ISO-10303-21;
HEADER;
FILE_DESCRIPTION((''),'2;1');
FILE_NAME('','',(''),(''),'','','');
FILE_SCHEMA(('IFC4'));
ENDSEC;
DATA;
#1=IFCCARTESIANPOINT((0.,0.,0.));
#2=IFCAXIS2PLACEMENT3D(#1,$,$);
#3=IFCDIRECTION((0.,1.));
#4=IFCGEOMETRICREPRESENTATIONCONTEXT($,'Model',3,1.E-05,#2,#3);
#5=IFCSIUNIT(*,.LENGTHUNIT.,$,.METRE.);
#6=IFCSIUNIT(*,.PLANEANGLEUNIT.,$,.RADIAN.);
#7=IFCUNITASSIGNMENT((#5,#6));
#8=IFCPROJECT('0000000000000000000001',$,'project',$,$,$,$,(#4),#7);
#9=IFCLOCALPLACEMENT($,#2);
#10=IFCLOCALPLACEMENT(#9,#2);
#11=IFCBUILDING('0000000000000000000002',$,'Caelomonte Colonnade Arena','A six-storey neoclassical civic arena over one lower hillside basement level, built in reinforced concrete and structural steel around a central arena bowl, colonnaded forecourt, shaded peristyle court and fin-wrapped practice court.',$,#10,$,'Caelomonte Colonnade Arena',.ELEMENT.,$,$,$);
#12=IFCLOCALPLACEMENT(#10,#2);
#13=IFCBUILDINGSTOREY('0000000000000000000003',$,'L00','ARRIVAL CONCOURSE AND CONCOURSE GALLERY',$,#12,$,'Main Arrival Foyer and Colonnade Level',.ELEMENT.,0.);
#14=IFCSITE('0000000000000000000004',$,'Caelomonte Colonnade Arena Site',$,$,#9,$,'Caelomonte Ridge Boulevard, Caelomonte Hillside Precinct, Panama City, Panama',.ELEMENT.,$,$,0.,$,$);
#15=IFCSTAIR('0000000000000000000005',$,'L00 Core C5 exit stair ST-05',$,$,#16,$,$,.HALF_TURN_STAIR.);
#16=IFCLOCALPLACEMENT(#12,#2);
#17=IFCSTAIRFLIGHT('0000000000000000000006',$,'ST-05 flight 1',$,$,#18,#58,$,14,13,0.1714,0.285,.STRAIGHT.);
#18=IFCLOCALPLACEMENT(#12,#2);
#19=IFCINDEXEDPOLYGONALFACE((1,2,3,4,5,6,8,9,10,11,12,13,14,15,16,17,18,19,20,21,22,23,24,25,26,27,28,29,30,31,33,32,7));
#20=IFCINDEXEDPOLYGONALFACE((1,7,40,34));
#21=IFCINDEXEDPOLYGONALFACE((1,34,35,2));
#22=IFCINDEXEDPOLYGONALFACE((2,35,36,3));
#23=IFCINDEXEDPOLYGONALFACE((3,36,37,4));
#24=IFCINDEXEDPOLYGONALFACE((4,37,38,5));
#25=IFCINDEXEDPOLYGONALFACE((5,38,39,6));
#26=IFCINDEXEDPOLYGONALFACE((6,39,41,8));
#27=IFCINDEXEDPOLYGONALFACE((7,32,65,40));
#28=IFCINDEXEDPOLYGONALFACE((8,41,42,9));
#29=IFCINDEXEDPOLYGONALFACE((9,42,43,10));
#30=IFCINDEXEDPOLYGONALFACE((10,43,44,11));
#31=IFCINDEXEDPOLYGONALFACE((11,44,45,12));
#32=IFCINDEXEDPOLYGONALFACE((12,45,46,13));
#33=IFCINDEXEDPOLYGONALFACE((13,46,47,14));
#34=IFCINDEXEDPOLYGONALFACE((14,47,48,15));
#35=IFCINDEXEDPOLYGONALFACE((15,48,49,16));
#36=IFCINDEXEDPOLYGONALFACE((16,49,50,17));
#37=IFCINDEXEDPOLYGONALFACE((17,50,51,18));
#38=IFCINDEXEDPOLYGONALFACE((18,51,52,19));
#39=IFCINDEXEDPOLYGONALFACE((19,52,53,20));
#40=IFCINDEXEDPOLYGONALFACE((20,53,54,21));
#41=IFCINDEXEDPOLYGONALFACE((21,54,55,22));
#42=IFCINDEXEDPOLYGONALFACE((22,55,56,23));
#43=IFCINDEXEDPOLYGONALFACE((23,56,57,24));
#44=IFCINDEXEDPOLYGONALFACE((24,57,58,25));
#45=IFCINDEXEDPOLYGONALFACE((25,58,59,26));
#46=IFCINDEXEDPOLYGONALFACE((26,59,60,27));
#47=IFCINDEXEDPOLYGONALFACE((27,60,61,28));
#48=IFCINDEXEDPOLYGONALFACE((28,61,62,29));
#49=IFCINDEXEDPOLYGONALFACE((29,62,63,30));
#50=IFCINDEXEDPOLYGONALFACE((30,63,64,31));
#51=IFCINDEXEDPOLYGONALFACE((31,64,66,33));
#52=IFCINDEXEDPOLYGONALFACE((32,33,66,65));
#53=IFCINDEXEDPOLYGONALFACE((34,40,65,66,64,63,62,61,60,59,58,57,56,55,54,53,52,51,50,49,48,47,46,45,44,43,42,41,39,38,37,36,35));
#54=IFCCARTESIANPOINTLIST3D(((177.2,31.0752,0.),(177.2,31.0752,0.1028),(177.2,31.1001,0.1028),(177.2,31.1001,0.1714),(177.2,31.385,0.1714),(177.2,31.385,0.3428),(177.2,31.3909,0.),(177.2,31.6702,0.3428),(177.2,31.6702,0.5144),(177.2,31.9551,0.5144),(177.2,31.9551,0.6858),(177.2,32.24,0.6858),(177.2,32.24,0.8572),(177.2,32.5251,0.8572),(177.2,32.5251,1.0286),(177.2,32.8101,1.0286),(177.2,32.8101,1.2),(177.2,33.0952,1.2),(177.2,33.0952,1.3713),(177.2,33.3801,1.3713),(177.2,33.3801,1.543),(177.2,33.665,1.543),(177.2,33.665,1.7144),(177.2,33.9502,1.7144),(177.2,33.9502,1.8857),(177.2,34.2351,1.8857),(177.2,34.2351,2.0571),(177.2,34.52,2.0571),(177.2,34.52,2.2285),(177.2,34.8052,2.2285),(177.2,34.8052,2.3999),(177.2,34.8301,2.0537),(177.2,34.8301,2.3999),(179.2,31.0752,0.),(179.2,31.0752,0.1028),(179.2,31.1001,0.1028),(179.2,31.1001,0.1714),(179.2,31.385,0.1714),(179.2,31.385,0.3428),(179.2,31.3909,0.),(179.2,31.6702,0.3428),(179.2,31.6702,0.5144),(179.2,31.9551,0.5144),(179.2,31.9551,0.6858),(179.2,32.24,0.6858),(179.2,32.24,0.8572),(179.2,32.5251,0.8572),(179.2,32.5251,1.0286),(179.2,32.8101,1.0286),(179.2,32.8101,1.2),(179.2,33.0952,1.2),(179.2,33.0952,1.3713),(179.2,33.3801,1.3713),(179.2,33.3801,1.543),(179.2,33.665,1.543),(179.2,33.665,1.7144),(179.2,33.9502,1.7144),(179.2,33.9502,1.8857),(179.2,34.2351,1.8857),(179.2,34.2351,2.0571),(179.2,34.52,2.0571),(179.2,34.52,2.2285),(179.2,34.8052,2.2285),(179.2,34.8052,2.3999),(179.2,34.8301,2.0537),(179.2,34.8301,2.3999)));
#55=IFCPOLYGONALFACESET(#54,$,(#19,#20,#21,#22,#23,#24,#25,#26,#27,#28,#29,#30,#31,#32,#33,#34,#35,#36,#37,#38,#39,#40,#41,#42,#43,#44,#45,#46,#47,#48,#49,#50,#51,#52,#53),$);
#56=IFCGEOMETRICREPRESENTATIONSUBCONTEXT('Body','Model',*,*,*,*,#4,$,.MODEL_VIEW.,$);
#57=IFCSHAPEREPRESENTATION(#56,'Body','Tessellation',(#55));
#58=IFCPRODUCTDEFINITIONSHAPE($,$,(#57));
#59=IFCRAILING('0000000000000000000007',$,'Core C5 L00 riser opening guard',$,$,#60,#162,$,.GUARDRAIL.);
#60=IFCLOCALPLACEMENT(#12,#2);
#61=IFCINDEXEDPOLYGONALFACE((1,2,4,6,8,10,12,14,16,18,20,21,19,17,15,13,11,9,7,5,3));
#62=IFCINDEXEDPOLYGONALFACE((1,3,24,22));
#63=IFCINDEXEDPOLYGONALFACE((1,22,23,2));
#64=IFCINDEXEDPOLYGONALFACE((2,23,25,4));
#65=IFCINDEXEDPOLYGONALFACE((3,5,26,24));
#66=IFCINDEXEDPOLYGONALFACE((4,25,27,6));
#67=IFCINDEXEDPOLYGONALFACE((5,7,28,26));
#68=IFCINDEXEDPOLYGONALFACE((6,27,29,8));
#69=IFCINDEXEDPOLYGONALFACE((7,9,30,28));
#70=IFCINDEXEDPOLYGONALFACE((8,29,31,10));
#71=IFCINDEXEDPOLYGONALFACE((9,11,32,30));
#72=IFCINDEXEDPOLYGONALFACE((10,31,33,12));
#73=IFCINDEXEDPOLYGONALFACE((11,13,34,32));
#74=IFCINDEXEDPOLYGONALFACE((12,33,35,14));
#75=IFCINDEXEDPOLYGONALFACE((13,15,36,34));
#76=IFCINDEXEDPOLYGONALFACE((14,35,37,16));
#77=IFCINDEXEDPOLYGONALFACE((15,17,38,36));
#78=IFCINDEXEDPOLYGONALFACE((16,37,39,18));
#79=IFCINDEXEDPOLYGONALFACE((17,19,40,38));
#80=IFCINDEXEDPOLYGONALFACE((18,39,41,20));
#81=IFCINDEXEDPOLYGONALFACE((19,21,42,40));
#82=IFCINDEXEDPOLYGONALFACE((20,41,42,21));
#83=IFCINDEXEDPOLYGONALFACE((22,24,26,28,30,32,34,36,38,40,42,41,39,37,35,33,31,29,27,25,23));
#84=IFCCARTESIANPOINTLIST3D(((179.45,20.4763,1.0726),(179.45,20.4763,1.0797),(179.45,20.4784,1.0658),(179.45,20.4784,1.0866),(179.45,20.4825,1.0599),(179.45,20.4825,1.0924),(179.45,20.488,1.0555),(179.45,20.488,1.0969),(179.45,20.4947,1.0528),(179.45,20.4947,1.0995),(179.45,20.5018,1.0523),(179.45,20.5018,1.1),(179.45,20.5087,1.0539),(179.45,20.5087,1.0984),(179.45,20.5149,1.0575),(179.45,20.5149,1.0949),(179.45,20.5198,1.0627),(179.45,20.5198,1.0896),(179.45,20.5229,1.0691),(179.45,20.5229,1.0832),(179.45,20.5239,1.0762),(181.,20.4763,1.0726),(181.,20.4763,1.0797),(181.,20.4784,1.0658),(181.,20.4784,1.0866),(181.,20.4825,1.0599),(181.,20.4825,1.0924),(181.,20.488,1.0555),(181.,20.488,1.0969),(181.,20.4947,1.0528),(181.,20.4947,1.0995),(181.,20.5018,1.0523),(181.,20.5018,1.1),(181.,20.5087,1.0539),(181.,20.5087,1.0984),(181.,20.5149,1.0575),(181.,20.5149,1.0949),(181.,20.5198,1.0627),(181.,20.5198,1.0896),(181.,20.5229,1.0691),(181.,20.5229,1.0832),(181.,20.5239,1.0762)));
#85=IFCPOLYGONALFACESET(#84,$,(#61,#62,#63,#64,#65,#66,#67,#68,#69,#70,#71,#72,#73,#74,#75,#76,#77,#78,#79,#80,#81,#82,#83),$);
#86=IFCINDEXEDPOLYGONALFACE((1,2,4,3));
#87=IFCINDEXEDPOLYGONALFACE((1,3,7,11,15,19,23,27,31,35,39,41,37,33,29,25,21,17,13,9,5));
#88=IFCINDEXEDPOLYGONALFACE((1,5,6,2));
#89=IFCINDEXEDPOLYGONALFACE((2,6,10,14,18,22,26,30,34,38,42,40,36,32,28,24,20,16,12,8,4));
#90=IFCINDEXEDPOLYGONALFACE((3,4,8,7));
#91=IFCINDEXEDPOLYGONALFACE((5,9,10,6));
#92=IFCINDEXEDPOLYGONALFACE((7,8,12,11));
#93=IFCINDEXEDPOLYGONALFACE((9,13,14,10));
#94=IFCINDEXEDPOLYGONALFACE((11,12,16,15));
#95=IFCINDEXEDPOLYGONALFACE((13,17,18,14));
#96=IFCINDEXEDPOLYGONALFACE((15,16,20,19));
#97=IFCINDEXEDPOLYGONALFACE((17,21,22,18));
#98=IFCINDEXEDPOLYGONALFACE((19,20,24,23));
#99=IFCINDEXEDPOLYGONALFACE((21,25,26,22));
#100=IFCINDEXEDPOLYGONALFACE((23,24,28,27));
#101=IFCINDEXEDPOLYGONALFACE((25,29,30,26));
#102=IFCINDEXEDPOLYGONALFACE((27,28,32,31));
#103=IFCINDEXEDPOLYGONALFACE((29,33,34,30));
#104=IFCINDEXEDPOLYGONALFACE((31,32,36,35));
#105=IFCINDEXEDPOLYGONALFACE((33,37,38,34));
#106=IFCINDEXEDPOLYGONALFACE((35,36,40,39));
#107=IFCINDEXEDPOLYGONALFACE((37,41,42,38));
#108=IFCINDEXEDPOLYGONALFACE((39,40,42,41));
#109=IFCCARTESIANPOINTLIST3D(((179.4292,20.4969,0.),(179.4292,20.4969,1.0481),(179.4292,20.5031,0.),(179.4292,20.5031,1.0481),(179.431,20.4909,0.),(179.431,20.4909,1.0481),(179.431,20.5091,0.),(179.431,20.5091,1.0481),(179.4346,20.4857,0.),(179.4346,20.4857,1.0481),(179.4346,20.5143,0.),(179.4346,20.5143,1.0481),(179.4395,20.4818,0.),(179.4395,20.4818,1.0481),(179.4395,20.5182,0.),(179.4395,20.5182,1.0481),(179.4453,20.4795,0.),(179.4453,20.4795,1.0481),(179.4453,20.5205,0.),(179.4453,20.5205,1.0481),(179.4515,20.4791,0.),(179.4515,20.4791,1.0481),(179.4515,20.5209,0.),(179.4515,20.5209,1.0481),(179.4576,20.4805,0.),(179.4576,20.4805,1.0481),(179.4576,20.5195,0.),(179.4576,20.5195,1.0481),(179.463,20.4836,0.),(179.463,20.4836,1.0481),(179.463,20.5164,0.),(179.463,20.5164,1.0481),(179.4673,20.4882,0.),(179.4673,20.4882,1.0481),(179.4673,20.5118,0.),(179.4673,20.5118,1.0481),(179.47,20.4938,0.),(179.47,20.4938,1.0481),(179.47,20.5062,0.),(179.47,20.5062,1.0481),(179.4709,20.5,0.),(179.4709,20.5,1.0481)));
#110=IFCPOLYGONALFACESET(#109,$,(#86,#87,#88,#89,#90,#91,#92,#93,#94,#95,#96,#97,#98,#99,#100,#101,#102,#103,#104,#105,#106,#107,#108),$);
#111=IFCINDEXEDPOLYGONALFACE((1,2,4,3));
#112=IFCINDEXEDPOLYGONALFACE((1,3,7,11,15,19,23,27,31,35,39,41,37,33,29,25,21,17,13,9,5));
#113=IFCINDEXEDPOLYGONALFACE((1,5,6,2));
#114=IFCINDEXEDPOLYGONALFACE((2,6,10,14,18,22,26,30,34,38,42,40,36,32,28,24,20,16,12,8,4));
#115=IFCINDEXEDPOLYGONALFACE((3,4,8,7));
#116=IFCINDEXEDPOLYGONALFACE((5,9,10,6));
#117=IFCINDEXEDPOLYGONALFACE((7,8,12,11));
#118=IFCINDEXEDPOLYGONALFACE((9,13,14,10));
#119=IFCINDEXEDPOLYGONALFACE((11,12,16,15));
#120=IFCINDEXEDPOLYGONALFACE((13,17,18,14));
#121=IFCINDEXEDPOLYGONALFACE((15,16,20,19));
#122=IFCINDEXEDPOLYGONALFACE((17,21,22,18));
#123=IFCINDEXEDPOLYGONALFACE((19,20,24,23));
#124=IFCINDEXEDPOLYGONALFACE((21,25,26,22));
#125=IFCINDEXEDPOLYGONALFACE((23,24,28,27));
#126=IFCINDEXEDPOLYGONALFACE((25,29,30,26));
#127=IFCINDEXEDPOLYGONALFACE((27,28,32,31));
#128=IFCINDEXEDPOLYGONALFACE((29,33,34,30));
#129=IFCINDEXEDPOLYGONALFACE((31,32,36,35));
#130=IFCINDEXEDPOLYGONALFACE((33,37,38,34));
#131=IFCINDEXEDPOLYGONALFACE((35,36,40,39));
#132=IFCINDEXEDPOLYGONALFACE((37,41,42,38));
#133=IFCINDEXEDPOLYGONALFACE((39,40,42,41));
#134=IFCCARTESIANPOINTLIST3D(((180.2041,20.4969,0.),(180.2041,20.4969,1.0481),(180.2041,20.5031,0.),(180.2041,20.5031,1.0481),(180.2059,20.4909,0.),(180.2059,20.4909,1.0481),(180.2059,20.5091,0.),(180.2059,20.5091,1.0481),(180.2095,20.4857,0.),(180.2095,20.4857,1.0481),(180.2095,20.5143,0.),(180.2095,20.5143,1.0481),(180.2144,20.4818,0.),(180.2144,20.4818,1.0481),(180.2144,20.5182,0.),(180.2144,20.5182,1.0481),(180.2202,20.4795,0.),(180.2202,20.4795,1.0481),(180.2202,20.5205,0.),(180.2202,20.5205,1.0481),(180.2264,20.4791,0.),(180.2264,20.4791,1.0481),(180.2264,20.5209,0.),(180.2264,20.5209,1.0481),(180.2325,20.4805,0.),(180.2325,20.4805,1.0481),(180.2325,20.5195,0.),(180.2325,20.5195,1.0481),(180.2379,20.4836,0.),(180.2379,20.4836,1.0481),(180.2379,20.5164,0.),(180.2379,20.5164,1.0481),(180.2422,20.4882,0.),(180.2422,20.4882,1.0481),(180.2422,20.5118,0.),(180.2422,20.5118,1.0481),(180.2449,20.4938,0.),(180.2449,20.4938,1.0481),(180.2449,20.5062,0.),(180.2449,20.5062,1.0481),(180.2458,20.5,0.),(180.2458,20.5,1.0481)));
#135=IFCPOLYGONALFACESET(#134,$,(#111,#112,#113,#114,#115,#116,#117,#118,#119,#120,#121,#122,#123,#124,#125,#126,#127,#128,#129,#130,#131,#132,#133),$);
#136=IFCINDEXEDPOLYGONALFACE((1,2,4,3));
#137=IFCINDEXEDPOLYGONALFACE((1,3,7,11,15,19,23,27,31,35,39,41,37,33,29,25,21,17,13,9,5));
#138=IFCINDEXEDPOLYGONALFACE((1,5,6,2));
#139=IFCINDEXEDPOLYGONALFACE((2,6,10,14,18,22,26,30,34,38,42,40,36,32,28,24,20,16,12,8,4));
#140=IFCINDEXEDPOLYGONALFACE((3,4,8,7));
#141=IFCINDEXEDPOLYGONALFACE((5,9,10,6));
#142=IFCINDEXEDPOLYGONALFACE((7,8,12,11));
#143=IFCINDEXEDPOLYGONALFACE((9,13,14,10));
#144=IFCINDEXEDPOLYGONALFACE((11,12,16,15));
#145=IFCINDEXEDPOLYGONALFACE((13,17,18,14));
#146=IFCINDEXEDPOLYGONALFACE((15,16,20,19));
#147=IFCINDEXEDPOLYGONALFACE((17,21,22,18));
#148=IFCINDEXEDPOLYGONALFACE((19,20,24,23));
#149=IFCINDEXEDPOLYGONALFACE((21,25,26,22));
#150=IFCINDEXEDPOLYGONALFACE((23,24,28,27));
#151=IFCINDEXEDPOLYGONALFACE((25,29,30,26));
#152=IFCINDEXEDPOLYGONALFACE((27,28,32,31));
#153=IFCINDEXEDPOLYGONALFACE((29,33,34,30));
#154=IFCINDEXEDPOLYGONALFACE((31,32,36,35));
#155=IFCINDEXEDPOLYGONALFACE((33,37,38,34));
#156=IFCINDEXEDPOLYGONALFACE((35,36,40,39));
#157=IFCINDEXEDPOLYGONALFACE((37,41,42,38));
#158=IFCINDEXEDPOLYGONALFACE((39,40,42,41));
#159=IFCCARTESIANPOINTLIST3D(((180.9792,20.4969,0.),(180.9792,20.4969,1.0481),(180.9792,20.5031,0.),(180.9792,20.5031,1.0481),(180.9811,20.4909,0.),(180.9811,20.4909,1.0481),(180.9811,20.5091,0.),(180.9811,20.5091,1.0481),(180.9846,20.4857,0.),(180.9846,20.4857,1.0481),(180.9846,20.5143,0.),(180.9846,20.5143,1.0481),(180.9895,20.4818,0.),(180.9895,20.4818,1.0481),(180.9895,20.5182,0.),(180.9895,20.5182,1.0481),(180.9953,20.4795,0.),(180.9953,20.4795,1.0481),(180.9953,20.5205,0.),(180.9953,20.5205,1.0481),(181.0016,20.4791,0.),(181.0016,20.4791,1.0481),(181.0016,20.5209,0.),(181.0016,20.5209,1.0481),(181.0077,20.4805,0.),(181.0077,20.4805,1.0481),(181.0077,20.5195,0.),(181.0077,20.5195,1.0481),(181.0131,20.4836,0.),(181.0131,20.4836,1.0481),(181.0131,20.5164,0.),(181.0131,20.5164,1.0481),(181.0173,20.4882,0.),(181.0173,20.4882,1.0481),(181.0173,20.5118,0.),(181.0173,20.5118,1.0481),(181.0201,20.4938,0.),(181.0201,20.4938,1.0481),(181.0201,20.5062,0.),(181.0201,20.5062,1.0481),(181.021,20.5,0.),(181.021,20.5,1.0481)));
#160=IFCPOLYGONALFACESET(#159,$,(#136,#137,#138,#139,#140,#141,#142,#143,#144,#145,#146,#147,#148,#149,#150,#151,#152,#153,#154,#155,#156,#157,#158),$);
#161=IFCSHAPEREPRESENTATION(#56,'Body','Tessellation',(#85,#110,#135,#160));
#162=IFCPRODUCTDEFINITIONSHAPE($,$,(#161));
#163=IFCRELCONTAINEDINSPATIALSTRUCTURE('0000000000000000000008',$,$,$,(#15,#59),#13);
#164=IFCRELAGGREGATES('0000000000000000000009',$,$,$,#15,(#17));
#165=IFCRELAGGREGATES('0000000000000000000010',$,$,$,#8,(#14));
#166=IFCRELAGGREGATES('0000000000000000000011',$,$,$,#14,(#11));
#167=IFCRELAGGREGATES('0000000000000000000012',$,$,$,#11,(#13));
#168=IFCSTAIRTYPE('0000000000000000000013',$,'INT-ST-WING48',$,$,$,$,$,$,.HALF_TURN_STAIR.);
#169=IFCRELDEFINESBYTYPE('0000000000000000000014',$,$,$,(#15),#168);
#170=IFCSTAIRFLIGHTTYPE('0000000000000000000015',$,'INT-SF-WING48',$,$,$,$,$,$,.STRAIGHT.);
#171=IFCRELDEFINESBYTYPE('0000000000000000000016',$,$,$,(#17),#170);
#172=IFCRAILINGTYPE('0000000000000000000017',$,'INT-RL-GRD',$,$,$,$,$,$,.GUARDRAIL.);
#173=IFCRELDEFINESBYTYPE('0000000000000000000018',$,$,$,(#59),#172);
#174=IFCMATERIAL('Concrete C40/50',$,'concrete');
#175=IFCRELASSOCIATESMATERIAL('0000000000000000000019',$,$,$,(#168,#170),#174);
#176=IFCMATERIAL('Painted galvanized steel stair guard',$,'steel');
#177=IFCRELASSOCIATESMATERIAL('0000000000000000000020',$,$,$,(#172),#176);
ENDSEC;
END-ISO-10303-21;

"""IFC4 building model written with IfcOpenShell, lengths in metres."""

from ifc_helpers import new_model, si_unit, direction, frame, origin, origin_2d, place, context, subcontext, project, spatial, polyline, circle, outline, extrude, material, type_object, element, aggregate, save


model = new_model("IFC4")

# Units and contexts
model_context = context("Model", 3, precision=1e-05, world=origin(), true_north=direction((0.0, 1.0)))
body_context = subcontext(model_context, "Body", "Model", "MODEL_VIEW")
ifc_project = project(units=[si_unit("LENGTHUNIT", "METRE"), si_unit("PLANEANGLEUNIT", "RADIAN")], contexts=[model_context])

# Site, building, storey
site_placement = place(None, origin())
site = spatial("IfcSite", under=ifc_project, at=site_placement, Name="Caelomonte Colonnade Arena Site", LongName="Caelomonte Ridge Boulevard, Caelomonte Hillside Precinct, Panama City, Panama", CompositionType="ELEMENT", RefElevation=0.0)
building_placement = place(site_placement, origin())
building = spatial("IfcBuilding", under=site, at=building_placement, Name="Caelomonte Colonnade Arena", Description="A six-storey neoclassical civic arena over one lower hillside basement level, built in reinforced concrete and structural steel around a central arena bowl, colonnaded forecourt, shaded peristyle court and fin-wrapped practice court.", LongName="Caelomonte Colonnade Arena", CompositionType="ELEMENT")
storey_placement = place(building_placement, origin())
storey = spatial("IfcBuildingStorey", under=building, at=storey_placement, Name="L00", Description="ARRIVAL CONCOURSE AND CONCOURSE GALLERY", LongName="Main Arrival Foyer and Colonnade Level", CompositionType="ELEMENT", Elevation=0.0)

# Shared definitions
ifc_material_1 = material(Name="Concrete C40/50", Category="concrete")

# Stair, stair flight
stair_type = type_object("IfcStairType", Name="INT-ST-WING48", PredefinedType="HALF_TURN_STAIR", material=ifc_material_1)
stair_placement = place(storey_placement, origin())
stair = element("IfcStair", 1, at=stair_placement, inside=storey, type_object=stair_type, Name="L00 Core C5 exit stair ST-05", PredefinedType="HALF_TURN_STAIR")
stair_flight_type = type_object("IfcStairFlightType", Name="INT-SF-WING48", PredefinedType="STRAIGHT", material=ifc_material_1)
stair_flight_placement = place(storey_placement, frame((178.2, 31.1001, 0.0), z_axis=(0.0, 0.0, 1.0), x_axis=(0.0, 1.0, 0.0)))
stair_flight = element("IfcStairFlight", 2, at=stair_flight_placement, type_object=stair_flight_type, Name="ST-05 flight 1", NumberOfRisers=14, NumberOfTreads=13, PredefinedType="STRAIGHT", RiserHeight=0.1714, TreadLength=0.285, context=body_context, shape_type="SweptSolid", body=[
    extrude(outline(polyline([(-0.0249, 0.0), (-0.0249, 0.1028), (0.0, 0.1028), (0.0, 0.1714), (0.2849, 0.1714), (0.2849, 0.3428), (0.5701, 0.3428), (0.5701, 0.5144), (0.855, 0.5144), (0.855, 0.6858), (1.1399, 0.6858), (1.1399, 0.8572), (1.425, 0.8572), (1.425, 1.0286), (1.71, 1.0286), (1.71, 1.2), (1.9951, 1.2), (1.9951, 1.3713), (2.28, 1.3713), (2.28, 1.543), (2.5649, 1.543), (2.5649, 1.7144), (2.8501, 1.7144), (2.8501, 1.8857), (3.135, 1.8857), (3.135, 2.0571), (3.4199, 2.0571), (3.4199, 2.2285), (3.7051, 2.2285), (3.7051, 2.3999), (3.73, 2.3999), (3.73, 2.0537), (0.2908, 0.0), (-0.0249, 0.0)])), frame((0.0, 1.0, 0.0), z_axis=(0.0, -1.0, 0.0), x_axis=(1.0, 0.0, 0.0)), (0.0, 0.0, 1.0), 2.0),
])
aggregate(stair, [stair_flight])

# Railing
ifc_material_2 = material(Name="Painted galvanized steel stair guard", Category="steel")
railing_type_1 = type_object("IfcRailingType", Name="INT-RL-GRD", PredefinedType="GUARDRAIL", material=ifc_material_2)
railing_1_placement = place(storey_placement, frame((179.45, 20.5, 0.0)))
element("IfcRailing", 3, at=railing_1_placement, inside=storey, type_object=railing_type_1, Name="Core C5 L00 riser opening guard", PredefinedType="GUARDRAIL", context=body_context, shape_type="SweptSolid", body=[
    extrude(circle(Radius=0.0239, at=origin_2d()), frame((0.0, 0.0, 1.0762), z_axis=(1.0, 0.0, 0.0), x_axis=(0.0, 1.0, 0.0)), (0.0, 0.0, 1.0), 1.55),
    extrude(circle(Radius=0.021, at=origin_2d()), origin(), (0.0, 0.0, 1.0), 1.0481),
    extrude(circle(Radius=0.021, at=origin_2d()), frame((0.7749, 0.0, 0.0)), (0.0, 0.0, 1.0), 1.0481),
    extrude(circle(Radius=0.021, at=origin_2d()), frame((1.55, 0.0, 0.0)), (0.0, 0.0, 1.0), 1.0481),
])

save(model, "model.ifc")
